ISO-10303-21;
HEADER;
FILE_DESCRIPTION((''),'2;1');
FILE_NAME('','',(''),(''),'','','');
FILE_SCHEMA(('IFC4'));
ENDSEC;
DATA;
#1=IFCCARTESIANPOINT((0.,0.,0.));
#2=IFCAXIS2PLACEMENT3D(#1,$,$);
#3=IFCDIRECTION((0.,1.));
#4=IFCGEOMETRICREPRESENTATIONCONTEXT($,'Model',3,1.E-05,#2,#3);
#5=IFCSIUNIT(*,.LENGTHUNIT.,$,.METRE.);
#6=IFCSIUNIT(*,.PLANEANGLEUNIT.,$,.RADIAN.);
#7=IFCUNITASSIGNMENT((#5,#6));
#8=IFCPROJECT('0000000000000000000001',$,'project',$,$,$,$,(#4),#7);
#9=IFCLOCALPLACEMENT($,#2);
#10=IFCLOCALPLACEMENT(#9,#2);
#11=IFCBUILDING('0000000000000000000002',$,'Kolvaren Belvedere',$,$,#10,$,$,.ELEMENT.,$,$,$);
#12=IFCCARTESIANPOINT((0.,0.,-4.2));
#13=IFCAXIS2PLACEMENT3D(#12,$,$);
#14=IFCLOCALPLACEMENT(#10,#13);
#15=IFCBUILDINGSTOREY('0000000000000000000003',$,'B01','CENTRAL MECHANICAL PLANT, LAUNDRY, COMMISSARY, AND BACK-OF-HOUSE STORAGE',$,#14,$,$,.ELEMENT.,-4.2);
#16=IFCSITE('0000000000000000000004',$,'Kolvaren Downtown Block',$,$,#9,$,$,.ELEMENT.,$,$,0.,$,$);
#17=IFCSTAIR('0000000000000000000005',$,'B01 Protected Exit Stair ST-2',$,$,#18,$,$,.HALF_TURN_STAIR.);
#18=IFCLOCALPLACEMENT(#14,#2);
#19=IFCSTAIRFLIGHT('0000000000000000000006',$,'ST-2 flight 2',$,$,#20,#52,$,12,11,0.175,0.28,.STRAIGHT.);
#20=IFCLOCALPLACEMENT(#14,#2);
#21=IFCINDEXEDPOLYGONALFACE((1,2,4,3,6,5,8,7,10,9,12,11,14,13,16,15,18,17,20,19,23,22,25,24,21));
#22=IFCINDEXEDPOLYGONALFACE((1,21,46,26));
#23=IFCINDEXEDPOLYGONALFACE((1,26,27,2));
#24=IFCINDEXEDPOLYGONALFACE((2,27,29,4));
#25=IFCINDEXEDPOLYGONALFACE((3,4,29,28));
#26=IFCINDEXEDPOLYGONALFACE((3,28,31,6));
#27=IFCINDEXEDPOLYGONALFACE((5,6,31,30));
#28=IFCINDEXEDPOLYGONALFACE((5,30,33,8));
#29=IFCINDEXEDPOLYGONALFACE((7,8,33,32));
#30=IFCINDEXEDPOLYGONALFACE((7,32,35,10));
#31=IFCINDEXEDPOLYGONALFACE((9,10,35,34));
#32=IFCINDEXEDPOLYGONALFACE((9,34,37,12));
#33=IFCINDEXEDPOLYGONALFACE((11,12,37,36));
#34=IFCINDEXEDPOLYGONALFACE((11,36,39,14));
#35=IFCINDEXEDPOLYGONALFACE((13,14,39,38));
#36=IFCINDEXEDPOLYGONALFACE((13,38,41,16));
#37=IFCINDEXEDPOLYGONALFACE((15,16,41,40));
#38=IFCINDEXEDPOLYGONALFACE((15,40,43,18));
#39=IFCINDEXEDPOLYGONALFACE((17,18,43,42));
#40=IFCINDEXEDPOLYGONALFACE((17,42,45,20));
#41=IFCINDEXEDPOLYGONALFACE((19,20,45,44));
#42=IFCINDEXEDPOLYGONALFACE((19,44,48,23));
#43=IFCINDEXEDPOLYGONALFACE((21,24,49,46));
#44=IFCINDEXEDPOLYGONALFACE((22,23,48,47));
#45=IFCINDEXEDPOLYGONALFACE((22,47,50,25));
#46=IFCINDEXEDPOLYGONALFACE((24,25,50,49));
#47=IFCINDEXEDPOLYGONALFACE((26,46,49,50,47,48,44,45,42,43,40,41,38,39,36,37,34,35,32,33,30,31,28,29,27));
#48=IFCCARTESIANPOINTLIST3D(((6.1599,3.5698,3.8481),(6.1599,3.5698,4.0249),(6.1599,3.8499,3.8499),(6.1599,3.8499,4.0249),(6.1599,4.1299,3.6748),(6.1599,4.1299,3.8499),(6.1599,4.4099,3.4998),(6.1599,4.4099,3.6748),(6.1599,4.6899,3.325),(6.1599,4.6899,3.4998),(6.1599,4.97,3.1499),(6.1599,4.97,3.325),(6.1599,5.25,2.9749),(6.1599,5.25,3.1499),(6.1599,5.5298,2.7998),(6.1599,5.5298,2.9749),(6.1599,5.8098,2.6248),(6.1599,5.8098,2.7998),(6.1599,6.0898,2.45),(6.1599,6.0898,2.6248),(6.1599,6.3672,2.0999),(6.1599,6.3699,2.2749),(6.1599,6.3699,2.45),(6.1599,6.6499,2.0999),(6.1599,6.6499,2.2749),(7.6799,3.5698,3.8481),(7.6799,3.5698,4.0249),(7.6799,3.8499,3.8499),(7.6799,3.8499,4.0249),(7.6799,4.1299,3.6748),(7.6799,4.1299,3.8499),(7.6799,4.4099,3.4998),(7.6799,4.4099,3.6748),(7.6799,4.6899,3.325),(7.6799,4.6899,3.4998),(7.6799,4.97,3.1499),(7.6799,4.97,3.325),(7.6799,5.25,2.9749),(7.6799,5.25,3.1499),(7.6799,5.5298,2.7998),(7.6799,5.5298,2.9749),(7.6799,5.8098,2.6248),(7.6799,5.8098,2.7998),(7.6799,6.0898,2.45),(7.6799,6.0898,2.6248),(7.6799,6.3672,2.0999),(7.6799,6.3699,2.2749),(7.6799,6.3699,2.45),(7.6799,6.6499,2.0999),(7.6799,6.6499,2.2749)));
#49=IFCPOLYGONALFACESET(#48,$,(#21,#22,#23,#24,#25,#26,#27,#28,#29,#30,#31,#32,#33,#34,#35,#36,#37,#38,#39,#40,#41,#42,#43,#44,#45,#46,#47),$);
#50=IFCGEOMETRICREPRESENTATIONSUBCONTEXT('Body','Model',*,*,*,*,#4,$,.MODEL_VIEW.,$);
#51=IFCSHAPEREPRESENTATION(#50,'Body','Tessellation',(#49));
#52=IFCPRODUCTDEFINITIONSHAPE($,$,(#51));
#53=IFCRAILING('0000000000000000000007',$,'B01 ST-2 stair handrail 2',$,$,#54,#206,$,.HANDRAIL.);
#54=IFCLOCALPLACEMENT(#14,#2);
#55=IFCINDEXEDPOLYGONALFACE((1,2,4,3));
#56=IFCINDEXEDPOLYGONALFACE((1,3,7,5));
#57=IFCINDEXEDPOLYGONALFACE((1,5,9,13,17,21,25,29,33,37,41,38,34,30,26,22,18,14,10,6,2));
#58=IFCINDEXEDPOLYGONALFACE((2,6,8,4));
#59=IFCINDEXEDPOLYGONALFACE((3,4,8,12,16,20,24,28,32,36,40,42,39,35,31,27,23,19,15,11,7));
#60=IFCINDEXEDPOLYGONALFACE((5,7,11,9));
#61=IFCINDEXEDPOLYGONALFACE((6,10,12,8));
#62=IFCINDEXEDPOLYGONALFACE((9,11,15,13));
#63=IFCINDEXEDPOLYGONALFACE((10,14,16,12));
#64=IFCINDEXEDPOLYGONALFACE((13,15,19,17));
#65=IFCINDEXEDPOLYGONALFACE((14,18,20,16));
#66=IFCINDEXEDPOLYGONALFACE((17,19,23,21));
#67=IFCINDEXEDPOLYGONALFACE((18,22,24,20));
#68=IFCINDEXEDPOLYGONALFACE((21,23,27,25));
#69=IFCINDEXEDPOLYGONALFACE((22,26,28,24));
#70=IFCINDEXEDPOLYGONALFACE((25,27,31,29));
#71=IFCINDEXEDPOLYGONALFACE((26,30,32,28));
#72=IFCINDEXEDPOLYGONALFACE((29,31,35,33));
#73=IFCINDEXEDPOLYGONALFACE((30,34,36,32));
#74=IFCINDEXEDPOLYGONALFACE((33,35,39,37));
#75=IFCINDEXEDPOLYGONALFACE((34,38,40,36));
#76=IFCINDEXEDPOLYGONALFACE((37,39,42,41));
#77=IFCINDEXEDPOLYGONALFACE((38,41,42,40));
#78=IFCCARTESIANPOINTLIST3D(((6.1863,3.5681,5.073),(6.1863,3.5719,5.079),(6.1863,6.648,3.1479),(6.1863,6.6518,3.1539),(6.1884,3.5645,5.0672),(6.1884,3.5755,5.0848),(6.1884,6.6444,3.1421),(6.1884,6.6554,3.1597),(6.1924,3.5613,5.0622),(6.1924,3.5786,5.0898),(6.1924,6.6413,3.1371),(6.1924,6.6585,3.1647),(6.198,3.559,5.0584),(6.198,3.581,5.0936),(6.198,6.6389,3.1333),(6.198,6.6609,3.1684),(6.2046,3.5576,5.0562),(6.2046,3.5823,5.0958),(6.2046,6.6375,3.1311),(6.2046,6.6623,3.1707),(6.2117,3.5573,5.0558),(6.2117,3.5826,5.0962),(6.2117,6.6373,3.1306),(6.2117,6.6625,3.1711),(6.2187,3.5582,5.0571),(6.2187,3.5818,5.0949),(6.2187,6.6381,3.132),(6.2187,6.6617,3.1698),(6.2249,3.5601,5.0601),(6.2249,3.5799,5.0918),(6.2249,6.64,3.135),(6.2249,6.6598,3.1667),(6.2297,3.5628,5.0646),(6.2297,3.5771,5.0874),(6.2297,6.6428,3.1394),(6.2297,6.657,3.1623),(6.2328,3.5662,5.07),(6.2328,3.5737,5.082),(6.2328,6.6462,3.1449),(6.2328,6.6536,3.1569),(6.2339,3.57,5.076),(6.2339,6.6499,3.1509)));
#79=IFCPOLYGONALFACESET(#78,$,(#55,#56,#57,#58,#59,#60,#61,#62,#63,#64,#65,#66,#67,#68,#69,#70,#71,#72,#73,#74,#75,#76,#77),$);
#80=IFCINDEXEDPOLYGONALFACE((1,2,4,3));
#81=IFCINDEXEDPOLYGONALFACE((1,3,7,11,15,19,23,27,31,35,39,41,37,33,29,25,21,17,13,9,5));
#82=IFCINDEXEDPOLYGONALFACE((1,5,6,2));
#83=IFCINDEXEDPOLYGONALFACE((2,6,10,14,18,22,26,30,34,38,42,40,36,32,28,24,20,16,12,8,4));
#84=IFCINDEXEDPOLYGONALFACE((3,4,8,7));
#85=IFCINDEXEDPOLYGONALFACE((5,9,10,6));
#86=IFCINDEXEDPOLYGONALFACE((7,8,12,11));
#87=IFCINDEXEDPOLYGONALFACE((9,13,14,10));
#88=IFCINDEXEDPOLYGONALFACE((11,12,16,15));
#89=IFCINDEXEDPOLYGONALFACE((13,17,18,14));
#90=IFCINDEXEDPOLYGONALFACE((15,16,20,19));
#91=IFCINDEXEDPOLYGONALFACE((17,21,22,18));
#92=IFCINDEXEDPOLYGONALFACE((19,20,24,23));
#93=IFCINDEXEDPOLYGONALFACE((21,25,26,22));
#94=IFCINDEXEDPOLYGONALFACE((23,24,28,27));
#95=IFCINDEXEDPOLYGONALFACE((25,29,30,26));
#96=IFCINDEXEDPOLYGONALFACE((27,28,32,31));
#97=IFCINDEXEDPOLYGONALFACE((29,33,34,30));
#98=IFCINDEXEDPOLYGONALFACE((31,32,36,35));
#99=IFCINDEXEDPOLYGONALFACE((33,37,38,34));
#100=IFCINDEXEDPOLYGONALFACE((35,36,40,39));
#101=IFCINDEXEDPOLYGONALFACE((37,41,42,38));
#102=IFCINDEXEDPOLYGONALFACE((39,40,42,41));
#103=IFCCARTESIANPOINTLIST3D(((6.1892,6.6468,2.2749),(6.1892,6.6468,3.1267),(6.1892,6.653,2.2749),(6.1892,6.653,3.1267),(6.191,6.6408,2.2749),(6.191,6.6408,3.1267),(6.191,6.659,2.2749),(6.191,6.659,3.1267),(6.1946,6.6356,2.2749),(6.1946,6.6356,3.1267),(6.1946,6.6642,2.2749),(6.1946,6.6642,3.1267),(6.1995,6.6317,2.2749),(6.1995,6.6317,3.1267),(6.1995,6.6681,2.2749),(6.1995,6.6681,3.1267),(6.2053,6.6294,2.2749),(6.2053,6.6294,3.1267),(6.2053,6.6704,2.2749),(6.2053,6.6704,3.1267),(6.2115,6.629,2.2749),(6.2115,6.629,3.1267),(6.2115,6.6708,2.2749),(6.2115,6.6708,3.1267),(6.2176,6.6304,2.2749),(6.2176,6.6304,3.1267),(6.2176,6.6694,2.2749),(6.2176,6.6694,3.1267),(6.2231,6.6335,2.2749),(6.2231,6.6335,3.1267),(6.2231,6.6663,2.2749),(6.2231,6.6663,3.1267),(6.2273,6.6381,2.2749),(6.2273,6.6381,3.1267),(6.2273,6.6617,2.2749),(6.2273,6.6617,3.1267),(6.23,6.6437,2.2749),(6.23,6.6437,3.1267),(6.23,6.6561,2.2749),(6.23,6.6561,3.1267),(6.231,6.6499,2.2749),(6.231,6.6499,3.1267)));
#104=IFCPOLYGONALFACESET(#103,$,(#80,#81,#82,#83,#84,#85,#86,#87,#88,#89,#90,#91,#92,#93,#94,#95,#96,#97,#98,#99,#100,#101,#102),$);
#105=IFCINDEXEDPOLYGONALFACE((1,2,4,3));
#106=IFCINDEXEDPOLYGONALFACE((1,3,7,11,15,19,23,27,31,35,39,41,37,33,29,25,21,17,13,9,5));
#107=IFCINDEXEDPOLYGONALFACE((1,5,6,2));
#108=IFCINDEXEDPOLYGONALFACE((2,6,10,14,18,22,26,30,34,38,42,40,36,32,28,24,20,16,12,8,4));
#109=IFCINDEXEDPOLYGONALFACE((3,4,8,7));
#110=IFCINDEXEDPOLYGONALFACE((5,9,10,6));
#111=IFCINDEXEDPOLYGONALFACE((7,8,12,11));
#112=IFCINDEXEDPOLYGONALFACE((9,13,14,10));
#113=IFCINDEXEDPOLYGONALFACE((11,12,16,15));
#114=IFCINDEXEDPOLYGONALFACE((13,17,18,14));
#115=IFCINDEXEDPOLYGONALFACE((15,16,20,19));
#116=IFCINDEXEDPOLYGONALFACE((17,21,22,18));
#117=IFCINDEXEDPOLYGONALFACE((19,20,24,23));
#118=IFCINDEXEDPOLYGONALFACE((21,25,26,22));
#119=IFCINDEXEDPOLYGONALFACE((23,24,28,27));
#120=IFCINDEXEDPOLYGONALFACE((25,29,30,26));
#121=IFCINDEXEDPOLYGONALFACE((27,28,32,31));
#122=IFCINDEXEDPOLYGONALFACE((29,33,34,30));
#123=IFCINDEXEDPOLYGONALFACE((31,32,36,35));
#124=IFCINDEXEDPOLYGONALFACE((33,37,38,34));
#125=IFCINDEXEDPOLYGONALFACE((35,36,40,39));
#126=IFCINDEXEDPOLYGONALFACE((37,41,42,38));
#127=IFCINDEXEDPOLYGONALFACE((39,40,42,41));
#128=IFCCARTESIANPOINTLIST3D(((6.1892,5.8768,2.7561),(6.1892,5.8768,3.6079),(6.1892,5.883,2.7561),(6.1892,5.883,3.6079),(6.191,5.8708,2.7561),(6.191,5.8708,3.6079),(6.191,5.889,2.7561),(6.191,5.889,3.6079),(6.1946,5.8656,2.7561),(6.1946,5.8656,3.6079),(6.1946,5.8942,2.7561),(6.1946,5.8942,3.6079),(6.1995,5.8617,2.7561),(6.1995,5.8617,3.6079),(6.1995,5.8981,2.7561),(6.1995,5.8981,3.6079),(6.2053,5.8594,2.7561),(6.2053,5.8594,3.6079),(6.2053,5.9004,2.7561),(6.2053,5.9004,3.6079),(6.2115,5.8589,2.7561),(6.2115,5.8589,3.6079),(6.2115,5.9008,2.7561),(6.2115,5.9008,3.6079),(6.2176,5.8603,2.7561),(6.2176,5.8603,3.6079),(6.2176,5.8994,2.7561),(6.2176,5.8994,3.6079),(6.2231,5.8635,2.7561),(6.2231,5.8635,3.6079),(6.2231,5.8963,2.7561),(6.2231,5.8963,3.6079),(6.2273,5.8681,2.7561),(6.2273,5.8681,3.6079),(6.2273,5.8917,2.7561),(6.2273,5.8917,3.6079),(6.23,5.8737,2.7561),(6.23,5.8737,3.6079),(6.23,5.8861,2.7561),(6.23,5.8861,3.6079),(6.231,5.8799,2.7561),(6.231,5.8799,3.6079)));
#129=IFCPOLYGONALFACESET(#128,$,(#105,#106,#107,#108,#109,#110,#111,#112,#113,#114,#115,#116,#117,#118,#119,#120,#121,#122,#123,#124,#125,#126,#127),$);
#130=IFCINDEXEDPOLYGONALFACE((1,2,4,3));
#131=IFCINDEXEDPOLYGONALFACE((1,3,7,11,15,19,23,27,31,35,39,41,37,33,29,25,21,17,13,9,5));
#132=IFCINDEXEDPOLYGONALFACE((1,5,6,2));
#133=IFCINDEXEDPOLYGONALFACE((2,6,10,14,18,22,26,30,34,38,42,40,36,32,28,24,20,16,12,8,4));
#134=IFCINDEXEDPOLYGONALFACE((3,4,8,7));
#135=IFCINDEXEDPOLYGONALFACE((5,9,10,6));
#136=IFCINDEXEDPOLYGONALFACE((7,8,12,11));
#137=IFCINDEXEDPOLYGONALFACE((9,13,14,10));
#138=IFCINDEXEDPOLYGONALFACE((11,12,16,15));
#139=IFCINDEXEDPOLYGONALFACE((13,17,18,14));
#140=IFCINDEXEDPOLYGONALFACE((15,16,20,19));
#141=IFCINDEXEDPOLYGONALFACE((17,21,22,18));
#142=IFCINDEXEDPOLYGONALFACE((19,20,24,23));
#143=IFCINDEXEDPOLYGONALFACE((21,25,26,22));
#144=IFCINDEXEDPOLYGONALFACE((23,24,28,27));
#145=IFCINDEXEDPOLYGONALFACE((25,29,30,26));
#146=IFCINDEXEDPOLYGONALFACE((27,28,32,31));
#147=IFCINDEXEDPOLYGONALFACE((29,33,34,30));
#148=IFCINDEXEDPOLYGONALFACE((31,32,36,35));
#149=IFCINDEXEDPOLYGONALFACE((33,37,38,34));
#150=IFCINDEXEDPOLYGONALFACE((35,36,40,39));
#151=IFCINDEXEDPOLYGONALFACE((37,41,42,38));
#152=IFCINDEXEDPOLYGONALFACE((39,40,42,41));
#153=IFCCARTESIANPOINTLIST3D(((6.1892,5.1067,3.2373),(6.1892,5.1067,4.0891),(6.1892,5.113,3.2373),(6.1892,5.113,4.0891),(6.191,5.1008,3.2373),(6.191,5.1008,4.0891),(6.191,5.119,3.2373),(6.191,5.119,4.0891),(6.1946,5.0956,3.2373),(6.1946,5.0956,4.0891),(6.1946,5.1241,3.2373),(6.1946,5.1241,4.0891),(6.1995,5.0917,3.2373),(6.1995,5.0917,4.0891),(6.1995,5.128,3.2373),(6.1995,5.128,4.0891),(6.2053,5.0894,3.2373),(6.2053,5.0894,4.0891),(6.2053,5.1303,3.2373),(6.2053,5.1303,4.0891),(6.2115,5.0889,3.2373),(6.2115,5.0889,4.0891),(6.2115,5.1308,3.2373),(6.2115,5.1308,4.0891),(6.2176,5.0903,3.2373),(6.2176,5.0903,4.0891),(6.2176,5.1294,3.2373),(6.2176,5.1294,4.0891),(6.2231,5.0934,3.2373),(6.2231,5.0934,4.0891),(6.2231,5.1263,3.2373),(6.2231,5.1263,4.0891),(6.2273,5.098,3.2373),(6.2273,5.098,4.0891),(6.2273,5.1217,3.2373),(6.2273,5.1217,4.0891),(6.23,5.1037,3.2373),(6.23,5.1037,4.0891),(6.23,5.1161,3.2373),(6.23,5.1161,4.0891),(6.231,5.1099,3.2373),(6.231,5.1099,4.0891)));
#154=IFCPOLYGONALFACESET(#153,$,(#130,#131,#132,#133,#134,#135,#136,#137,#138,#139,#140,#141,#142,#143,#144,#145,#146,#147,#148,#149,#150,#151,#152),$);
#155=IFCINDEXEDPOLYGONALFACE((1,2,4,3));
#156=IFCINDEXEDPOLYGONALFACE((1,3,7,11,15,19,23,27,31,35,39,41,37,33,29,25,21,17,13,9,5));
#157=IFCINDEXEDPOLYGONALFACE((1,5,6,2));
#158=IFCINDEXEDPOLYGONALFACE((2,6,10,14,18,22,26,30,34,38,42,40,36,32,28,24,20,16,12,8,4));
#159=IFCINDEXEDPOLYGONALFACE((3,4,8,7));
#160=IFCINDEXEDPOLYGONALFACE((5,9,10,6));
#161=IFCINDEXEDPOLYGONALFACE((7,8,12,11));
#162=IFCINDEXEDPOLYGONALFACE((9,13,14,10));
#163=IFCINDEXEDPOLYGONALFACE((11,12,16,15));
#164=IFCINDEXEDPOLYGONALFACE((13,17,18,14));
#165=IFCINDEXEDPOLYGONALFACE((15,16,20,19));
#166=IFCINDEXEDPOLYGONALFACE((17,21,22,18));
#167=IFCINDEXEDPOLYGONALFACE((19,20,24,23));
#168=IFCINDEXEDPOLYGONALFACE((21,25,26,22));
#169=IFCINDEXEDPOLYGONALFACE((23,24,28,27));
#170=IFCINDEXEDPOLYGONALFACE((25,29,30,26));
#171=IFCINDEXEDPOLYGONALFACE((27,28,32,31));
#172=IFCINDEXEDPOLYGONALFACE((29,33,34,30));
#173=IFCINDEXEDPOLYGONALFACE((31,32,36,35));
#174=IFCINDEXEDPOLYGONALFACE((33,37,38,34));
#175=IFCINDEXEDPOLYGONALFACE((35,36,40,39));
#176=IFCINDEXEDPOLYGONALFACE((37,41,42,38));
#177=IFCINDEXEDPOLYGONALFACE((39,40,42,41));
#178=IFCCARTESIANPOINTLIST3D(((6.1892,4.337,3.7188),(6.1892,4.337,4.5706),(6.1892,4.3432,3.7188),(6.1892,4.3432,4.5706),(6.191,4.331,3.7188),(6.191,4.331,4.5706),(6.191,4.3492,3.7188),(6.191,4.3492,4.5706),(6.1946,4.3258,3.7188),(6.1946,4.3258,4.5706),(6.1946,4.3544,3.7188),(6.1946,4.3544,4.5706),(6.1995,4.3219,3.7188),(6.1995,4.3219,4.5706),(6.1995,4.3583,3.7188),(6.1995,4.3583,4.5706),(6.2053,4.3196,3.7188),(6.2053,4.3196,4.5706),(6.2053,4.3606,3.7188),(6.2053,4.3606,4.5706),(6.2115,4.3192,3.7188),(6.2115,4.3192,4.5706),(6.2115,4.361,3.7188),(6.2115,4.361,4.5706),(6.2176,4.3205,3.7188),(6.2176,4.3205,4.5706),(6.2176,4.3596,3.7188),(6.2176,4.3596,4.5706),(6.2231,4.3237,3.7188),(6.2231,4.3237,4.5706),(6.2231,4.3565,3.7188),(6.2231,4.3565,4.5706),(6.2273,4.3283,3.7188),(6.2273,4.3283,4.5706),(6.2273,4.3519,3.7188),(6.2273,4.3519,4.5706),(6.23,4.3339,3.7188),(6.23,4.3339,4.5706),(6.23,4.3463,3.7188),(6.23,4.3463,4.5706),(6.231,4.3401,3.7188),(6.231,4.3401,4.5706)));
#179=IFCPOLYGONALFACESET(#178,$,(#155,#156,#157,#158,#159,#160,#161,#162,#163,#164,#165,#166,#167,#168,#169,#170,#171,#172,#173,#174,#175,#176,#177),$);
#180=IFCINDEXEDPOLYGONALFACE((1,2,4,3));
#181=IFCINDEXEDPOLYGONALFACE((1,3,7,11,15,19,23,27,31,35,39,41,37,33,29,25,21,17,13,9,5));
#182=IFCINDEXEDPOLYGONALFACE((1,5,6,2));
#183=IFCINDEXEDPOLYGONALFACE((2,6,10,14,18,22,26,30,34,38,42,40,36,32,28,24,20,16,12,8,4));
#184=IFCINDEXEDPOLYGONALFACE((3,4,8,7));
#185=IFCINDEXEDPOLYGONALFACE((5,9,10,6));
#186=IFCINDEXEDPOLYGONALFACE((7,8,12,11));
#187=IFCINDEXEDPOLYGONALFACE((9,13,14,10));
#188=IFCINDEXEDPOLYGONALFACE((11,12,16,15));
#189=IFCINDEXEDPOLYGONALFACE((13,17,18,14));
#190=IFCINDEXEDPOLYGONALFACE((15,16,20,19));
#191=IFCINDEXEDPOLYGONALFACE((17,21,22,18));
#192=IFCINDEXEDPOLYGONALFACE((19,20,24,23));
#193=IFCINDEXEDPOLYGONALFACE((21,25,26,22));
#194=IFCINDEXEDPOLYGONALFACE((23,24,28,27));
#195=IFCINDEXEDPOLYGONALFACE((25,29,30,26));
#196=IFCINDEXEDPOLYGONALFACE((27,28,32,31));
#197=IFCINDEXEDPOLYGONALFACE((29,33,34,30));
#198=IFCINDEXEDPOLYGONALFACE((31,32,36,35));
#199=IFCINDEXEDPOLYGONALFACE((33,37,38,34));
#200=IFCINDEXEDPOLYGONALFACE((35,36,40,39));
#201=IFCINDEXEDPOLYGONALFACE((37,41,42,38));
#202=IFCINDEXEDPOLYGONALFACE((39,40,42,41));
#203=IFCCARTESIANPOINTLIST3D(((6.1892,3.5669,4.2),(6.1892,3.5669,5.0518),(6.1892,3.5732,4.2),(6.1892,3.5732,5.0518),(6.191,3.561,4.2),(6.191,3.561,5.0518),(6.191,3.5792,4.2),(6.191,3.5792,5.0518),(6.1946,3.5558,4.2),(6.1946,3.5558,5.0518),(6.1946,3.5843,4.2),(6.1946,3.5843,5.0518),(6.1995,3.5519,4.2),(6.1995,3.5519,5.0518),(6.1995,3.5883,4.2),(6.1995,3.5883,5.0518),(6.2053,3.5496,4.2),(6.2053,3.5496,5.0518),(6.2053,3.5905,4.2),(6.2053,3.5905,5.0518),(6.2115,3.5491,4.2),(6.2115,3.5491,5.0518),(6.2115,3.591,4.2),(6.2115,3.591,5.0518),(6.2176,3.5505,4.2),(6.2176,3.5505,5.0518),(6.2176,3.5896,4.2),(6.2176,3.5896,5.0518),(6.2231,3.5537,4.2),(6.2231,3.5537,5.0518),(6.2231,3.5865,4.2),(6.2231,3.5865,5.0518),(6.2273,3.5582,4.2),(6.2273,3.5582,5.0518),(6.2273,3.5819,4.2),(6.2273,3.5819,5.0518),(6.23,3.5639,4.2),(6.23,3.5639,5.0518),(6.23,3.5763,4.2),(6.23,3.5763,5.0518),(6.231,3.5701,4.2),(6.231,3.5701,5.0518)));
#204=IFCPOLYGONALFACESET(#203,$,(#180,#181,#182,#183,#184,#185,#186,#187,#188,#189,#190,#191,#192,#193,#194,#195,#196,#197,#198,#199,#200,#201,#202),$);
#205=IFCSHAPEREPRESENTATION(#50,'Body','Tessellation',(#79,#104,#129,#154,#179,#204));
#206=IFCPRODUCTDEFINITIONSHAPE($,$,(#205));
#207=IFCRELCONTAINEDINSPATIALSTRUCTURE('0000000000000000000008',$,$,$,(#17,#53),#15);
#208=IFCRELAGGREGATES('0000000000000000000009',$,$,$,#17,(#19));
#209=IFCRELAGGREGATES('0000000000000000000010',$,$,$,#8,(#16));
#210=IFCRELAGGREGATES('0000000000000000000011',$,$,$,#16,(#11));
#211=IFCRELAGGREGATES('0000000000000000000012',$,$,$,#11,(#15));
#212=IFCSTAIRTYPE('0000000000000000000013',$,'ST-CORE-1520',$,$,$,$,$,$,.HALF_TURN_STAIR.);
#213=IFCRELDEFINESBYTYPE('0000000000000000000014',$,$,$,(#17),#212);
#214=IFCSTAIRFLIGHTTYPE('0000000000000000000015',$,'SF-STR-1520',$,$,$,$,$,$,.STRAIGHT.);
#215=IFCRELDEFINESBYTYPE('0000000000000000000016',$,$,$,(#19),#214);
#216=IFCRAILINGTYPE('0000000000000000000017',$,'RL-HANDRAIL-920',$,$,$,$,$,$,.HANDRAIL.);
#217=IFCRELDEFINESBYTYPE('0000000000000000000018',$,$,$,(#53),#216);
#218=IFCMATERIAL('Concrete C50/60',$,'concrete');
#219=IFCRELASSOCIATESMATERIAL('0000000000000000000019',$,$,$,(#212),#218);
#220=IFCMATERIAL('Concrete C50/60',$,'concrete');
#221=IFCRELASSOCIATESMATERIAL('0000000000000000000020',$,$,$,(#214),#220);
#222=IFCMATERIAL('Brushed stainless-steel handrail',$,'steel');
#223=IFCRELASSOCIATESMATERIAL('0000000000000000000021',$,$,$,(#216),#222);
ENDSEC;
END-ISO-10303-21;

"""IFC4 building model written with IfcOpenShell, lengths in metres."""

from ifc_helpers import new_model, si_unit, direction, frame, origin, origin_2d, place, context, subcontext, project, spatial, polyline, circle, outline, extrude, material, type_object, element, aggregate, save


model = new_model("IFC4")

# Units and contexts
model_context = context("Model", 3, precision=1e-05, world=origin(), true_north=direction((0.0, 1.0)))
body_context = subcontext(model_context, "Body", "Model", "MODEL_VIEW")
ifc_project = project(units=[si_unit("LENGTHUNIT", "METRE"), si_unit("PLANEANGLEUNIT", "RADIAN")], contexts=[model_context])

# Site, building, storey
site_placement = place(None, origin())
site = spatial("IfcSite", under=ifc_project, at=site_placement, Name="Kolvaren Downtown Block", CompositionType="ELEMENT", RefElevation=0.0)
building_placement = place(site_placement, origin())
building = spatial("IfcBuilding", under=site, at=building_placement, Name="Kolvaren Belvedere", CompositionType="ELEMENT")
storey_placement = place(building_placement, frame((0.0, 0.0, -4.2)))
storey = spatial("IfcBuildingStorey", under=building, at=storey_placement, Name="B01", Description="CENTRAL MECHANICAL PLANT, LAUNDRY, COMMISSARY, AND BACK-OF-HOUSE STORAGE", CompositionType="ELEMENT", Elevation=-4.2)

# Stair, stair flight
ifc_material_1 = material(Name="Concrete C50/60", Category="concrete")
stair_type = type_object("IfcStairType", Name="ST-CORE-1520", PredefinedType="HALF_TURN_STAIR", material=ifc_material_1)
stair_placement = place(storey_placement, origin())
stair = element("IfcStair", 1, at=stair_placement, inside=storey, type_object=stair_type, Name="B01 Protected Exit Stair ST-2", PredefinedType="HALF_TURN_STAIR")
ifc_material_2 = material(Name="Concrete C50/60", Category="concrete")
stair_flight_type = type_object("IfcStairFlightType", Name="SF-STR-1520", PredefinedType="STRAIGHT", material=ifc_material_2)
stair_flight_1_placement = place(storey_placement, frame((6.9199, 6.6499, 2.0999), z_axis=(0.0, 0.0, 1.0), x_axis=(0.0, -1.0, 0.0)))
stair_flight_1 = element("IfcStairFlight", 2, at=stair_flight_1_placement, type_object=stair_flight_type, Name="ST-2 flight 2", NumberOfRisers=12, NumberOfTreads=11, PredefinedType="STRAIGHT", RiserHeight=0.175, TreadLength=0.28, context=body_context, shape_type="SweptSolid", body=[
    extrude(outline(polyline([(0.0, 0.0), (0.0, 0.175), (0.28, 0.175), (0.28, 0.3501), (0.5601, 0.3501), (0.5601, 0.5249), (0.8401, 0.5249), (0.8401, 0.7), (1.1201, 0.7), (1.1201, 0.875), (1.3999, 0.875), (1.3999, 1.05), (1.6799, 1.05), (1.6799, 1.2251), (1.96, 1.2251), (1.96, 1.3999), (2.24, 1.3999), (2.24, 1.575), (2.52, 1.575), (2.52, 1.75), (2.8, 1.75), (2.8, 1.925), (3.0801, 1.925), (3.0801, 2.1001), (3.0801, 1.7483), (0.2827, 0.0), (0.0, 0.0)])), frame((0.0, 0.76, 0.0), z_axis=(0.0, -1.0, 0.0), x_axis=(1.0, 0.0, 0.0)), (0.0, 0.0, 1.0), 1.52),
])
aggregate(stair, [stair_flight_1])

# Railing
ifc_material_3 = material(Name="Brushed stainless-steel handrail", Category="steel")
railing_type_1 = type_object("IfcRailingType", Name="RL-HANDRAIL-920", PredefinedType="HANDRAIL", material=ifc_material_3)
railing_1_placement = place(storey_placement, frame((6.21, 6.6499, 2.2749)))
element("IfcRailing", 3, at=railing_1_placement, inside=storey, type_object=railing_type_1, Name="B01 ST-2 stair handrail 2", PredefinedType="HANDRAIL", context=body_context, shape_type="SweptSolid", body=[
    extrude(circle(Radius=0.0239, at=origin_2d()), frame((0.0, 0.0, 0.876), z_axis=(0.0, -0.847979, 0.530029), x_axis=(1.0, 0.0, 0.0)), (0.0, 0.0, 1.0), 3.6321),
    extrude(circle(Radius=0.021, at=origin_2d()), origin(), (0.0, 0.0, 1.0), 0.8518),
    extrude(circle(Radius=0.021, at=origin_2d()), frame((0.0, -0.77, 0.4812)), (0.0, 0.0, 1.0), 0.8518),
    extrude(circle(Radius=0.021, at=origin_2d()), frame((0.0, -1.54, 0.9624)), (0.0, 0.0, 1.0), 0.8518),
    extrude(circle(Radius=0.021, at=origin_2d()), frame((0.0, -2.3098, 1.4438)), (0.0, 0.0, 1.0), 0.8518),
    extrude(circle(Radius=0.021, at=origin_2d()), frame((0.0, -3.0798, 1.925)), (0.0, 0.0, 1.0), 0.8518),
])

save(model, "model.ifc")
